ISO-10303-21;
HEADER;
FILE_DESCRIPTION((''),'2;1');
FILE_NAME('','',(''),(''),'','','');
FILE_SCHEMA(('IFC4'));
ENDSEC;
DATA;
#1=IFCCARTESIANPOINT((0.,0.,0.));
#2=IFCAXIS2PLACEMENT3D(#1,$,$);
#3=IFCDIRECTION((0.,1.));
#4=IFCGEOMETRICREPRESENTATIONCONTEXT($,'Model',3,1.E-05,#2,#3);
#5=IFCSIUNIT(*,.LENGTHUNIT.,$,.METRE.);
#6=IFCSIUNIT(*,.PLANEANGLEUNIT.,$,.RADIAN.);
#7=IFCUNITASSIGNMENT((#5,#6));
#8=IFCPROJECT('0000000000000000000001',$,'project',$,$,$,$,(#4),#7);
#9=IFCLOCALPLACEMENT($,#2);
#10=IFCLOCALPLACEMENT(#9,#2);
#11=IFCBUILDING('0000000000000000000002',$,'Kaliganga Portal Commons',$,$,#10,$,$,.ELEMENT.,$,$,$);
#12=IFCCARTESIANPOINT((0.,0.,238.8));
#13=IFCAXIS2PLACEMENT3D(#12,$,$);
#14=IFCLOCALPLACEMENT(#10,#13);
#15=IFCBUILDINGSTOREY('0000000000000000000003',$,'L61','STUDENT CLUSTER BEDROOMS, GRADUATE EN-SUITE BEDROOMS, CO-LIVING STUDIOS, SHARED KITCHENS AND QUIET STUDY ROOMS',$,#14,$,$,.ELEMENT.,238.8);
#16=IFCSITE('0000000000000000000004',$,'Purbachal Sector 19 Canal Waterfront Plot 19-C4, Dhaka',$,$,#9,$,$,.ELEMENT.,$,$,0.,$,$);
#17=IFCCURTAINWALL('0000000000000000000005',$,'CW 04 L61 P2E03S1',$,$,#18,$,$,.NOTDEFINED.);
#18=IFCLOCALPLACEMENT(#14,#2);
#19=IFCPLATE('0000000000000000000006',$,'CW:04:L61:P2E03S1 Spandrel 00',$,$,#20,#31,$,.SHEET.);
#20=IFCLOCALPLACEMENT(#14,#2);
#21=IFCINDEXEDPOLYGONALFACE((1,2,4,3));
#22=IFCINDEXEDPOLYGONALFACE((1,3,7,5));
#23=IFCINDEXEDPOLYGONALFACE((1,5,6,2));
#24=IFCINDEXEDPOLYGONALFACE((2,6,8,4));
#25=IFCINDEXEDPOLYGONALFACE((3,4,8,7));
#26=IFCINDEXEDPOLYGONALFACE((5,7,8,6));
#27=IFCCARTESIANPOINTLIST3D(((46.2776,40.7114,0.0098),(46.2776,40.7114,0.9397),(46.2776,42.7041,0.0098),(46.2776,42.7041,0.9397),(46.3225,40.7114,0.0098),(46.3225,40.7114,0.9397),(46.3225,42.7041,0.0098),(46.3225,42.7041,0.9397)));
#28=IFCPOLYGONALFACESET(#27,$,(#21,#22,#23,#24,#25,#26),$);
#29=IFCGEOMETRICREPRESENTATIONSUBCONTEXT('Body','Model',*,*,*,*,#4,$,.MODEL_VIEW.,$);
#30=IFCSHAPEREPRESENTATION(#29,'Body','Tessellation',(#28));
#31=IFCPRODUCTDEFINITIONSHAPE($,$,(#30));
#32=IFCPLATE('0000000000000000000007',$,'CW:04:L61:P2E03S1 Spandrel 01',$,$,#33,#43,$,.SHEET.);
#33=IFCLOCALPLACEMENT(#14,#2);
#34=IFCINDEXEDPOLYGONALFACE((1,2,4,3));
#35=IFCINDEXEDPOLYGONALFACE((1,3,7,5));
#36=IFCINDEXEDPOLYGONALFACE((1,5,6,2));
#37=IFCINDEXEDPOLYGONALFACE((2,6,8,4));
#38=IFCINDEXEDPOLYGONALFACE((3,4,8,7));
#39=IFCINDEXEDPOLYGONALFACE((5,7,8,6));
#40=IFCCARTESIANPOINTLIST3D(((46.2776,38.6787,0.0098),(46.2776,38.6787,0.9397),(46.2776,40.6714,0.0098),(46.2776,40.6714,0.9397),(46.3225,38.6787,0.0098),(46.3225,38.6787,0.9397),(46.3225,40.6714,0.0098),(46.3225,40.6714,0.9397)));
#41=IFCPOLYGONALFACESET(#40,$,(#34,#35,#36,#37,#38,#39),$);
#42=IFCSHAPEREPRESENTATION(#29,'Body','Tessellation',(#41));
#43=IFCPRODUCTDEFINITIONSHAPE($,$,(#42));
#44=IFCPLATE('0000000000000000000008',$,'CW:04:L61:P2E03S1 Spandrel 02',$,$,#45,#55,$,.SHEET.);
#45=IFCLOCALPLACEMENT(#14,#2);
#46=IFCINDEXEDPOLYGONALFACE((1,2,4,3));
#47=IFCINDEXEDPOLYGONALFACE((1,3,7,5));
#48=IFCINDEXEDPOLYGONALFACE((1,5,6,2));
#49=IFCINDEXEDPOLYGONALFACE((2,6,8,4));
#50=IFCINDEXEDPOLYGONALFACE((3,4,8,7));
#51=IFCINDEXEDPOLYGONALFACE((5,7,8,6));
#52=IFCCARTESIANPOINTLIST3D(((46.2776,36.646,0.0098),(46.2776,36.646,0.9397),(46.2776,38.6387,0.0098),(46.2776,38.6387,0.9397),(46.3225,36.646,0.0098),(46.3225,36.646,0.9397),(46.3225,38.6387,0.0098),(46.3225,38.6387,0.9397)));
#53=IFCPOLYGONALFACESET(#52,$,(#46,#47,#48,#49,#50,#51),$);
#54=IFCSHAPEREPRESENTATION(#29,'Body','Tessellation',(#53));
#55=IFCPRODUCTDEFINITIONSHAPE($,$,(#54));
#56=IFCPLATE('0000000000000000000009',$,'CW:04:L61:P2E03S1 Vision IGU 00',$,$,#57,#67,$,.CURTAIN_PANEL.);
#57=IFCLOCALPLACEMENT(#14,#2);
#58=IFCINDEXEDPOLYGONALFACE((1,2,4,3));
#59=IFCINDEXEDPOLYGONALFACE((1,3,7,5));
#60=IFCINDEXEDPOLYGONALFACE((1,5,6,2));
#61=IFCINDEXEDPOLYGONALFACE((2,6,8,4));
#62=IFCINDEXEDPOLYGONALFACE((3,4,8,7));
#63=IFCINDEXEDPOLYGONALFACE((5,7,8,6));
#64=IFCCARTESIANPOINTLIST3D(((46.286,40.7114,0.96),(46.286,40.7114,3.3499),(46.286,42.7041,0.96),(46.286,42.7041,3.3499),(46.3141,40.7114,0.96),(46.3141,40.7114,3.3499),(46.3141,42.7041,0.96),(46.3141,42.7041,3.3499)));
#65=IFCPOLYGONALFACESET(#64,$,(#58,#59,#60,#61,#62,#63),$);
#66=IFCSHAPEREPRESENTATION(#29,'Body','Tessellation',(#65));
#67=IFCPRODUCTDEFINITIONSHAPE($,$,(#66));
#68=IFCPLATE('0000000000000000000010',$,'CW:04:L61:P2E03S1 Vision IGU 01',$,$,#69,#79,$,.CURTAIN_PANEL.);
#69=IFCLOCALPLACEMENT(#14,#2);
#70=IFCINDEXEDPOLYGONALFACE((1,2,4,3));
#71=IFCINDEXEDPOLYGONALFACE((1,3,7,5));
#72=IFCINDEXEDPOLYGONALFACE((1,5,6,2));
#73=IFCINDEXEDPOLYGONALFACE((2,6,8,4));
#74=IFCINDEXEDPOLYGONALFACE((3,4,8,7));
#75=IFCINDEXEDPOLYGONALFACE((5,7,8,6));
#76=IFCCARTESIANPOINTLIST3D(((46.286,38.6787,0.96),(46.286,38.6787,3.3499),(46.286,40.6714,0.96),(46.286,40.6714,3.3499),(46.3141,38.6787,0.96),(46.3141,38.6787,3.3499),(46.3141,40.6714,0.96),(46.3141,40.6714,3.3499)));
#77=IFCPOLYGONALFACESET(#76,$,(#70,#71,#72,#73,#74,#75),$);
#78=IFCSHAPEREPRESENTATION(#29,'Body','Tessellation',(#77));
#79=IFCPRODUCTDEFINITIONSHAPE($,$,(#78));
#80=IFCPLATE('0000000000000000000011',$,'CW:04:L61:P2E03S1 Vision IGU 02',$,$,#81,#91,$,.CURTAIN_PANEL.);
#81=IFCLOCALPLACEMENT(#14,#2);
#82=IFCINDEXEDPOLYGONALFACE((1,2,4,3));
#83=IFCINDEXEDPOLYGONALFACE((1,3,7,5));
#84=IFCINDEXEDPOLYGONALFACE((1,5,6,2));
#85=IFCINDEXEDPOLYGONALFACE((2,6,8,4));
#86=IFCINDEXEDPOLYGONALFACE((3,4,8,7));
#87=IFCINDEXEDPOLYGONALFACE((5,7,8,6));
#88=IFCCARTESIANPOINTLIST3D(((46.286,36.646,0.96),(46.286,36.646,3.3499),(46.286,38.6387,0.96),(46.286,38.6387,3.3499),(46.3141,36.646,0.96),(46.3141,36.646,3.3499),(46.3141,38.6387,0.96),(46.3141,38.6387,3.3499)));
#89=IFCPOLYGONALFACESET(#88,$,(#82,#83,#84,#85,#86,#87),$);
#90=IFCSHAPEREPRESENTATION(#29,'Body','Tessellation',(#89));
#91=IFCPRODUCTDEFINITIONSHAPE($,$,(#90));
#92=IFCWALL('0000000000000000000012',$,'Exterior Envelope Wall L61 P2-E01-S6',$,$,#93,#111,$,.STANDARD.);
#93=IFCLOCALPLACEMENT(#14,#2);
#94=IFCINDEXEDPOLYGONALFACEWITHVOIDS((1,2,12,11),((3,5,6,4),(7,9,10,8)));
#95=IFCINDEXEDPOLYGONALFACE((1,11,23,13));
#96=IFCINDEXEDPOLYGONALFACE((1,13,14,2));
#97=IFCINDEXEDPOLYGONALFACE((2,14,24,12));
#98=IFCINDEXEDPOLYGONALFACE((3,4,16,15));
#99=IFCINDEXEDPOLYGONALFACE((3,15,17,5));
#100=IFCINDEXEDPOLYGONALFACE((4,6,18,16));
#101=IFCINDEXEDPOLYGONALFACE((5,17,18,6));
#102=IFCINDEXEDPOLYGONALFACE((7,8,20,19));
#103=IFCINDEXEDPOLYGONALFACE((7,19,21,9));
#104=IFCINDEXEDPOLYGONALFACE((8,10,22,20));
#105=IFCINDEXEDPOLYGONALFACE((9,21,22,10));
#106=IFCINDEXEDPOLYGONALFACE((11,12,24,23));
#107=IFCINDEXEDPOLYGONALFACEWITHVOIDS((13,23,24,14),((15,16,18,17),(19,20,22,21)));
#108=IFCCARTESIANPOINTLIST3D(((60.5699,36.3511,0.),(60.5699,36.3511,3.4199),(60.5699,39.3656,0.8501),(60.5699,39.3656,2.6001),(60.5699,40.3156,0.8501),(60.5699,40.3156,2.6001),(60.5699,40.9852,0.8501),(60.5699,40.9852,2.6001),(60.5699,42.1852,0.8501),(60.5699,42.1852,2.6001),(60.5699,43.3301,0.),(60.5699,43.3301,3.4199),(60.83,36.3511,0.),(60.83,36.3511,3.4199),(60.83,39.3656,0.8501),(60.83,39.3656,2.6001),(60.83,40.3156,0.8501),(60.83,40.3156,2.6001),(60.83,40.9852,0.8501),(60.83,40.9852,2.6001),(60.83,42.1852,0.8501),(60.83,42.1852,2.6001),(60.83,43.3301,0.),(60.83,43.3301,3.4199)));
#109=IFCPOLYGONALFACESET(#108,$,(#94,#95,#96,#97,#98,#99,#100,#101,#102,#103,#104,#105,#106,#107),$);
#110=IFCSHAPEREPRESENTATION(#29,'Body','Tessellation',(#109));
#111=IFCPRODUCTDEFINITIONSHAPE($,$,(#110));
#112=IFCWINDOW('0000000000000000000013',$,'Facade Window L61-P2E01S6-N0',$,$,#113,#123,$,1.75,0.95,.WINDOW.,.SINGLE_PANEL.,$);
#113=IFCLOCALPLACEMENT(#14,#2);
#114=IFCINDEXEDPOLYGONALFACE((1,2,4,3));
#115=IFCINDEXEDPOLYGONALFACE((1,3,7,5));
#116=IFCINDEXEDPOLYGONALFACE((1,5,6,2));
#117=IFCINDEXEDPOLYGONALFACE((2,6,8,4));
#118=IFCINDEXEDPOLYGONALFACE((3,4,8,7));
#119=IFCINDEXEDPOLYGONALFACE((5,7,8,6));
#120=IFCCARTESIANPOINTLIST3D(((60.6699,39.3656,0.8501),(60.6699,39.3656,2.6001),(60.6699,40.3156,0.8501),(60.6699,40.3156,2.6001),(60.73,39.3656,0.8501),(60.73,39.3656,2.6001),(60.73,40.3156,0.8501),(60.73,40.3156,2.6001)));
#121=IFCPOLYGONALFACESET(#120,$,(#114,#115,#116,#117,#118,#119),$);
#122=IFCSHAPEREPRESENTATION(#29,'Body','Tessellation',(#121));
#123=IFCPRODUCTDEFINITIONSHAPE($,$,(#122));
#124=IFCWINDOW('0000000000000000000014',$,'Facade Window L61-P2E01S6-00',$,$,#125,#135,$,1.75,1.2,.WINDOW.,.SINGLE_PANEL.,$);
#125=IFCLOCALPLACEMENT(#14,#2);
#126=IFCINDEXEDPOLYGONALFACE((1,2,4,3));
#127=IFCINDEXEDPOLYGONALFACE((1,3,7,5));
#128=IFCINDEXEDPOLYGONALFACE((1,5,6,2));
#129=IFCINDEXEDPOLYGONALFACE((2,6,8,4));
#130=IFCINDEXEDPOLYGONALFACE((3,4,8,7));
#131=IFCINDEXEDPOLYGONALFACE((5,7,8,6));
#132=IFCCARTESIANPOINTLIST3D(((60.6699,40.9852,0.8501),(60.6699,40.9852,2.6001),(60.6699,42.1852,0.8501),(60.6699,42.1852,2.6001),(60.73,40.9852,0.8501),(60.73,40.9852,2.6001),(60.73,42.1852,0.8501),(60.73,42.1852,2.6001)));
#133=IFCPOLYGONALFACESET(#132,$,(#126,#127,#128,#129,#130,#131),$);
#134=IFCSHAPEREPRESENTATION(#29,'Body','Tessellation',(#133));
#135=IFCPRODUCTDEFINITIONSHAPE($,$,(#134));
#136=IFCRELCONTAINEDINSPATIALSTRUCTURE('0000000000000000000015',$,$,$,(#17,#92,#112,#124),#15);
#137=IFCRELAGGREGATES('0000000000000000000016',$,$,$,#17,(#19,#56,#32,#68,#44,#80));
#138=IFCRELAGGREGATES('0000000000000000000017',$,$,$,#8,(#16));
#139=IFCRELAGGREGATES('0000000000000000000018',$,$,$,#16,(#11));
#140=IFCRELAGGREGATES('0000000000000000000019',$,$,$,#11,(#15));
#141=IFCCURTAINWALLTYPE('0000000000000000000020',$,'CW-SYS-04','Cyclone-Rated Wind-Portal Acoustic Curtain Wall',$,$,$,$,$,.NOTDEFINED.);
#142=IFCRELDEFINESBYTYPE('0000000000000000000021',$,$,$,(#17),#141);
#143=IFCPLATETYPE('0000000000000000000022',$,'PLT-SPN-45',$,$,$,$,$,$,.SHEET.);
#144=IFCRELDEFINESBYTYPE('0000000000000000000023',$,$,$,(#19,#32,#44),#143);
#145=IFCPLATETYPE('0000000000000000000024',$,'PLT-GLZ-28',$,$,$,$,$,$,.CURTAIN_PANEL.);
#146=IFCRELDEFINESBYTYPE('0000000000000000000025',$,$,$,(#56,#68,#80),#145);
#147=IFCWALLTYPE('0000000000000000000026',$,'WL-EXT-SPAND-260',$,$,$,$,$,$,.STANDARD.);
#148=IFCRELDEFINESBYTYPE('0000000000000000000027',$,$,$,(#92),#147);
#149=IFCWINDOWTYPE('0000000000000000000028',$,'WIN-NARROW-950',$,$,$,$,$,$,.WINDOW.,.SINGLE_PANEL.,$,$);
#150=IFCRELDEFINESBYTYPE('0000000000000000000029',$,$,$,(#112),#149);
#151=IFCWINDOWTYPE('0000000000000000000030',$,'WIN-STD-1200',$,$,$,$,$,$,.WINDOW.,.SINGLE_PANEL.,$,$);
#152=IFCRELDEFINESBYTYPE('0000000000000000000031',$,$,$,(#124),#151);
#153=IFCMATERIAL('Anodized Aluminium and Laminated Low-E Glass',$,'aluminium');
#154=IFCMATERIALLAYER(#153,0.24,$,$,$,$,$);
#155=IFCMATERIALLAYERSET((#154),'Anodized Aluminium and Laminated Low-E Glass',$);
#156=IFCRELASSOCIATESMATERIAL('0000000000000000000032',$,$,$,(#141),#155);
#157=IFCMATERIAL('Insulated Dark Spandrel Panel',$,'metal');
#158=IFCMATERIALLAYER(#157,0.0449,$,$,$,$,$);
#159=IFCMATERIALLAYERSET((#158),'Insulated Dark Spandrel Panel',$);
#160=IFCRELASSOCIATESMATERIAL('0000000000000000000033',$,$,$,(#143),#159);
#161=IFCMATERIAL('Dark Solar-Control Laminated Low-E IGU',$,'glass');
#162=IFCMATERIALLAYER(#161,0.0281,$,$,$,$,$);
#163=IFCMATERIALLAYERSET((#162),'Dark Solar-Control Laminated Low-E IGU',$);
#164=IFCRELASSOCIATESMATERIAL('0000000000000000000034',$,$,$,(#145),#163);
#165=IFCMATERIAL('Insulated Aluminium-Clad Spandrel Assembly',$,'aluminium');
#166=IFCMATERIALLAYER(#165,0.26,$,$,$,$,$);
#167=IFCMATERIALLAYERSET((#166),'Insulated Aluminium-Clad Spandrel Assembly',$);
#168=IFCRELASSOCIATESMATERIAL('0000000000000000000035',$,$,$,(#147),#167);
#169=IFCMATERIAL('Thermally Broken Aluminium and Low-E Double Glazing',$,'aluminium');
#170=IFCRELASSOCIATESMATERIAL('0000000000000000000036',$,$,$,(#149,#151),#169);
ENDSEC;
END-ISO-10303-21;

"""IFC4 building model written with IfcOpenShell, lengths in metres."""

from ifc_helpers import new_model, si_unit, direction, frame, frame_2d, origin, origin_2d, place, context, subcontext, project, spatial, rectangle, extrude, source, transform, mapped, material, layer, layer_set, type_object, element, fill, aggregate, save


model = new_model("IFC4")

# Units and contexts
model_context = context("Model", 3, precision=1e-05, world=origin(), true_north=direction((0.0, 1.0)))
body_context = subcontext(model_context, "Body", "Model", "MODEL_VIEW")
ifc_project = project(units=[si_unit("LENGTHUNIT", "METRE"), si_unit("PLANEANGLEUNIT", "RADIAN")], contexts=[model_context])

# Site, building, storey
site_placement = place(None, origin())
site = spatial("IfcSite", under=ifc_project, at=site_placement, Name="Purbachal Sector 19 Canal Waterfront Plot 19-C4, Dhaka", CompositionType="ELEMENT", RefElevation=0.0)
building_placement = place(site_placement, origin())
building = spatial("IfcBuilding", under=site, at=building_placement, Name="Kaliganga Portal Commons", CompositionType="ELEMENT")
storey_placement = place(building_placement, frame((0.0, 0.0, 238.8)))
storey = spatial("IfcBuildingStorey", under=building, at=storey_placement, Name="L61", Description="STUDENT CLUSTER BEDROOMS, GRADUATE EN-SUITE BEDROOMS, CO-LIVING STUDIOS, SHARED KITCHENS AND QUIET STUDY ROOMS", CompositionType="ELEMENT", Elevation=238.8)

# Curtain wall, plates
ifc_material_1 = material(Name="Anodized Aluminium and Laminated Low-E Glass", Category="aluminium")
ifc_layer_1 = layer(ifc_material_1, 0.24)
ifc_layer_set_1 = layer_set([ifc_layer_1], Name="Anodized Aluminium and Laminated Low-E Glass")
curtain_wall_type = type_object("IfcCurtainWallType", Name="CW-SYS-04", Description="Cyclone-Rated Wind-Portal Acoustic Curtain Wall", PredefinedType="NOTDEFINED", material=ifc_layer_set_1)
curtain_wall_placement = place(storey_placement, origin())
curtain_wall = element("IfcCurtainWall", 1, at=curtain_wall_placement, inside=storey, type_object=curtain_wall_type, Name="CW 04 L61 P2E03S1", PredefinedType="NOTDEFINED")
ifc_material_2 = material(Name="Insulated Dark Spandrel Panel", Category="metal")
ifc_layer_2 = layer(ifc_material_2, 0.0449)
ifc_layer_set_2 = layer_set([ifc_layer_2], Name="Insulated Dark Spandrel Panel")
plate_type_1 = type_object("IfcPlateType", Name="PLT-SPN-45", PredefinedType="SHEET", material=ifc_layer_set_2)
shared_shape_1 = source(origin(), body_context, "Body", "SweptSolid", [
    extrude(rectangle(XDim=1.9927, YDim=0.0449, at=origin_2d()), origin(), (0.0, 0.0, 1.0), 0.9299),
])
plate_1_placement = place(storey_placement, frame((46.3, 41.7078, 0.0098), z_axis=(0.0, 0.0, 1.0), x_axis=(0.0, -1.0, 0.0)))
plate_1 = element("IfcPlate", 2, at=plate_1_placement, type_object=plate_type_1, Name="CW:04:L61:P2E03S1 Spandrel 00", PredefinedType="SHEET", context=body_context, shape_type="MappedRepresentation", body=[
    mapped(shared_shape_1, transform((0.0, 0.0, 0.0), x_axis=(1.0, 0.0, 0.0), y_axis=(0.0, 1.0, 0.0), z_axis=(0.0, 0.0, 1.0), scale=1.0)),
])
plate_2_placement = place(storey_placement, frame((46.3, 39.675, 0.0098), z_axis=(0.0, 0.0, 1.0), x_axis=(0.0, -1.0, 0.0)))
plate_2 = element("IfcPlate", 3, at=plate_2_placement, type_object=plate_type_1, Name="CW:04:L61:P2E03S1 Spandrel 01", PredefinedType="SHEET", context=body_context, shape_type="MappedRepresentation", body=[
    mapped(shared_shape_1, transform((0.0, 0.0, 0.0), x_axis=(1.0, 0.0, 0.0), y_axis=(0.0, 1.0, 0.0), z_axis=(0.0, 0.0, 1.0), scale=1.0)),
])
plate_3_placement = place(storey_placement, frame((46.3, 37.6423, 0.0098), z_axis=(0.0, 0.0, 1.0), x_axis=(0.0, -1.0, 0.0)))
plate_3 = element("IfcPlate", 4, at=plate_3_placement, type_object=plate_type_1, Name="CW:04:L61:P2E03S1 Spandrel 02", PredefinedType="SHEET", context=body_context, shape_type="MappedRepresentation", body=[
    mapped(shared_shape_1, transform((0.0, 0.0, 0.0), x_axis=(1.0, 0.0, 0.0), y_axis=(0.0, 1.0, 0.0), z_axis=(0.0, 0.0, 1.0), scale=1.0)),
])
ifc_material_3 = material(Name="Dark Solar-Control Laminated Low-E IGU", Category="glass")
ifc_layer_3 = layer(ifc_material_3, 0.0281)
ifc_layer_set_3 = layer_set([ifc_layer_3], Name="Dark Solar-Control Laminated Low-E IGU")
plate_type_2 = type_object("IfcPlateType", Name="PLT-GLZ-28", PredefinedType="CURTAIN_PANEL", material=ifc_layer_set_3)
shared_shape_2 = source(origin(), body_context, "Body", "SweptSolid", [
    extrude(rectangle(XDim=1.9927, YDim=0.0281, at=origin_2d()), origin(), (0.0, 0.0, 1.0), 2.3899),
])
plate_4_placement = place(storey_placement, frame((46.3, 41.7078, 0.96), z_axis=(0.0, 0.0, 1.0), x_axis=(0.0, -1.0, 0.0)))
plate_4 = element("IfcPlate", 5, at=plate_4_placement, type_object=plate_type_2, Name="CW:04:L61:P2E03S1 Vision IGU 00", PredefinedType="CURTAIN_PANEL", context=body_context, shape_type="MappedRepresentation", body=[
    mapped(shared_shape_2, transform((0.0, 0.0, 0.0), x_axis=(1.0, 0.0, 0.0), y_axis=(0.0, 1.0, 0.0), z_axis=(0.0, 0.0, 1.0), scale=1.0)),
])
plate_5_placement = place(storey_placement, frame((46.3, 39.675, 0.96), z_axis=(0.0, 0.0, 1.0), x_axis=(0.0, -1.0, 0.0)))
plate_5 = element("IfcPlate", 6, at=plate_5_placement, type_object=plate_type_2, Name="CW:04:L61:P2E03S1 Vision IGU 01", PredefinedType="CURTAIN_PANEL", context=body_context, shape_type="MappedRepresentation", body=[
    mapped(shared_shape_2, transform((0.0, 0.0, 0.0), x_axis=(1.0, 0.0, 0.0), y_axis=(0.0, 1.0, 0.0), z_axis=(0.0, 0.0, 1.0), scale=1.0)),
])
plate_6_placement = place(storey_placement, frame((46.3, 37.6423, 0.96), z_axis=(0.0, 0.0, 1.0), x_axis=(0.0, -1.0, 0.0)))
plate_6 = element("IfcPlate", 7, at=plate_6_placement, type_object=plate_type_2, Name="CW:04:L61:P2E03S1 Vision IGU 02", PredefinedType="CURTAIN_PANEL", context=body_context, shape_type="MappedRepresentation", body=[
    mapped(shared_shape_2, transform((0.0, 0.0, 0.0), x_axis=(1.0, 0.0, 0.0), y_axis=(0.0, 1.0, 0.0), z_axis=(0.0, 0.0, 1.0), scale=1.0)),
])
aggregate(curtain_wall, [plate_1, plate_4, plate_2, plate_5, plate_3, plate_6])

# Wall, openings, windows
ifc_material_4 = material(Name="Insulated Aluminium-Clad Spandrel Assembly", Category="aluminium")
ifc_layer_4 = layer(ifc_material_4, 0.26)
ifc_layer_set_4 = layer_set([ifc_layer_4], Name="Insulated Aluminium-Clad Spandrel Assembly")
wall_type_1 = type_object("IfcWallType", Name="WL-EXT-SPAND-260", PredefinedType="STANDARD", material=ifc_layer_set_4)
wall_1_placement = place(storey_placement, frame((60.7, 43.3301, 0.0), z_axis=(0.0, 0.0, 1.0), x_axis=(0.0, -1.0, 0.0)))
wall_1 = element("IfcWall", 8, at=wall_1_placement, inside=storey, type_object=wall_type_1, Name="Exterior Envelope Wall L61 P2-E01-S6", PredefinedType="STANDARD", context=body_context, shape_type="SweptSolid", body=[
    extrude(rectangle(XDim=6.979, YDim=0.26, at=frame_2d((3.4895, 0.0))), origin(), (0.0, 0.0, 1.0), 3.4199),
])
opening_1_placement = place(wall_1_placement, frame((1.1448, 0.0, 0.8501)))
opening_1 = element("IfcOpeningElement", 9, at=opening_1_placement, cuts=wall_1, PredefinedType="OPENING", context=body_context, shape_type="SweptSolid", body=[
    extrude(rectangle(XDim=1.2, YDim=1.75, at=frame_2d((0.6001, 0.875))), frame((0.0, 0.1401, 0.0), z_axis=(0.0, -1.0, 0.0), x_axis=(1.0, 0.0, 0.0)), (0.0, 0.0, 1.0), 0.28),
])
opening_2_placement = place(wall_1_placement, frame((3.0144, 0.0, 0.8501)))
opening_2 = element("IfcOpeningElement", 10, at=opening_2_placement, cuts=wall_1, PredefinedType="OPENING", context=body_context, shape_type="SweptSolid", body=[
    extrude(rectangle(XDim=0.95, YDim=1.75, at=frame_2d((0.4751, 0.875))), frame((0.0, 0.1401, 0.0), z_axis=(0.0, -1.0, 0.0), x_axis=(1.0, 0.0, 0.0)), (0.0, 0.0, 1.0), 0.28),
])
ifc_material_5 = material(Name="Thermally Broken Aluminium and Low-E Double Glazing", Category="aluminium")
window_type_1 = type_object("IfcWindowType", Name="WIN-NARROW-950", PartitioningType="SINGLE_PANEL", PredefinedType="WINDOW", material=ifc_material_5)
window_1_placement = place(opening_2_placement, origin())
window_1 = element("IfcWindow", 11, at=window_1_placement, inside=storey, type_object=window_type_1, Name="Facade Window L61-P2E01S6-N0", OverallHeight=1.75, OverallWidth=0.95, PartitioningType="SINGLE_PANEL", PredefinedType="WINDOW", context=body_context, shape_type="SweptSolid", body=[
    extrude(rectangle(XDim=0.95, YDim=1.75, at=frame_2d((0.4751, 0.875))), frame((0.0, 0.03, 0.0), z_axis=(0.0, -1.0, 0.0), x_axis=(1.0, 0.0, 0.0)), (0.0, 0.0, 1.0), 0.0601),
])
fill(opening_2, window_1)
window_type_2 = type_object("IfcWindowType", Name="WIN-STD-1200", PartitioningType="SINGLE_PANEL", PredefinedType="WINDOW", material=ifc_material_5)
window_2_placement = place(opening_1_placement, origin())
window_2 = element("IfcWindow", 12, at=window_2_placement, inside=storey, type_object=window_type_2, Name="Facade Window L61-P2E01S6-00", OverallHeight=1.75, OverallWidth=1.2, PartitioningType="SINGLE_PANEL", PredefinedType="WINDOW", context=body_context, shape_type="SweptSolid", body=[
    extrude(rectangle(XDim=1.2, YDim=1.75, at=frame_2d((0.6001, 0.875))), frame((0.0, 0.03, 0.0), z_axis=(0.0, -1.0, 0.0), x_axis=(1.0, 0.0, 0.0)), (0.0, 0.0, 1.0), 0.0601),
])
fill(opening_1, window_2)

save(model, "model.ifc")
